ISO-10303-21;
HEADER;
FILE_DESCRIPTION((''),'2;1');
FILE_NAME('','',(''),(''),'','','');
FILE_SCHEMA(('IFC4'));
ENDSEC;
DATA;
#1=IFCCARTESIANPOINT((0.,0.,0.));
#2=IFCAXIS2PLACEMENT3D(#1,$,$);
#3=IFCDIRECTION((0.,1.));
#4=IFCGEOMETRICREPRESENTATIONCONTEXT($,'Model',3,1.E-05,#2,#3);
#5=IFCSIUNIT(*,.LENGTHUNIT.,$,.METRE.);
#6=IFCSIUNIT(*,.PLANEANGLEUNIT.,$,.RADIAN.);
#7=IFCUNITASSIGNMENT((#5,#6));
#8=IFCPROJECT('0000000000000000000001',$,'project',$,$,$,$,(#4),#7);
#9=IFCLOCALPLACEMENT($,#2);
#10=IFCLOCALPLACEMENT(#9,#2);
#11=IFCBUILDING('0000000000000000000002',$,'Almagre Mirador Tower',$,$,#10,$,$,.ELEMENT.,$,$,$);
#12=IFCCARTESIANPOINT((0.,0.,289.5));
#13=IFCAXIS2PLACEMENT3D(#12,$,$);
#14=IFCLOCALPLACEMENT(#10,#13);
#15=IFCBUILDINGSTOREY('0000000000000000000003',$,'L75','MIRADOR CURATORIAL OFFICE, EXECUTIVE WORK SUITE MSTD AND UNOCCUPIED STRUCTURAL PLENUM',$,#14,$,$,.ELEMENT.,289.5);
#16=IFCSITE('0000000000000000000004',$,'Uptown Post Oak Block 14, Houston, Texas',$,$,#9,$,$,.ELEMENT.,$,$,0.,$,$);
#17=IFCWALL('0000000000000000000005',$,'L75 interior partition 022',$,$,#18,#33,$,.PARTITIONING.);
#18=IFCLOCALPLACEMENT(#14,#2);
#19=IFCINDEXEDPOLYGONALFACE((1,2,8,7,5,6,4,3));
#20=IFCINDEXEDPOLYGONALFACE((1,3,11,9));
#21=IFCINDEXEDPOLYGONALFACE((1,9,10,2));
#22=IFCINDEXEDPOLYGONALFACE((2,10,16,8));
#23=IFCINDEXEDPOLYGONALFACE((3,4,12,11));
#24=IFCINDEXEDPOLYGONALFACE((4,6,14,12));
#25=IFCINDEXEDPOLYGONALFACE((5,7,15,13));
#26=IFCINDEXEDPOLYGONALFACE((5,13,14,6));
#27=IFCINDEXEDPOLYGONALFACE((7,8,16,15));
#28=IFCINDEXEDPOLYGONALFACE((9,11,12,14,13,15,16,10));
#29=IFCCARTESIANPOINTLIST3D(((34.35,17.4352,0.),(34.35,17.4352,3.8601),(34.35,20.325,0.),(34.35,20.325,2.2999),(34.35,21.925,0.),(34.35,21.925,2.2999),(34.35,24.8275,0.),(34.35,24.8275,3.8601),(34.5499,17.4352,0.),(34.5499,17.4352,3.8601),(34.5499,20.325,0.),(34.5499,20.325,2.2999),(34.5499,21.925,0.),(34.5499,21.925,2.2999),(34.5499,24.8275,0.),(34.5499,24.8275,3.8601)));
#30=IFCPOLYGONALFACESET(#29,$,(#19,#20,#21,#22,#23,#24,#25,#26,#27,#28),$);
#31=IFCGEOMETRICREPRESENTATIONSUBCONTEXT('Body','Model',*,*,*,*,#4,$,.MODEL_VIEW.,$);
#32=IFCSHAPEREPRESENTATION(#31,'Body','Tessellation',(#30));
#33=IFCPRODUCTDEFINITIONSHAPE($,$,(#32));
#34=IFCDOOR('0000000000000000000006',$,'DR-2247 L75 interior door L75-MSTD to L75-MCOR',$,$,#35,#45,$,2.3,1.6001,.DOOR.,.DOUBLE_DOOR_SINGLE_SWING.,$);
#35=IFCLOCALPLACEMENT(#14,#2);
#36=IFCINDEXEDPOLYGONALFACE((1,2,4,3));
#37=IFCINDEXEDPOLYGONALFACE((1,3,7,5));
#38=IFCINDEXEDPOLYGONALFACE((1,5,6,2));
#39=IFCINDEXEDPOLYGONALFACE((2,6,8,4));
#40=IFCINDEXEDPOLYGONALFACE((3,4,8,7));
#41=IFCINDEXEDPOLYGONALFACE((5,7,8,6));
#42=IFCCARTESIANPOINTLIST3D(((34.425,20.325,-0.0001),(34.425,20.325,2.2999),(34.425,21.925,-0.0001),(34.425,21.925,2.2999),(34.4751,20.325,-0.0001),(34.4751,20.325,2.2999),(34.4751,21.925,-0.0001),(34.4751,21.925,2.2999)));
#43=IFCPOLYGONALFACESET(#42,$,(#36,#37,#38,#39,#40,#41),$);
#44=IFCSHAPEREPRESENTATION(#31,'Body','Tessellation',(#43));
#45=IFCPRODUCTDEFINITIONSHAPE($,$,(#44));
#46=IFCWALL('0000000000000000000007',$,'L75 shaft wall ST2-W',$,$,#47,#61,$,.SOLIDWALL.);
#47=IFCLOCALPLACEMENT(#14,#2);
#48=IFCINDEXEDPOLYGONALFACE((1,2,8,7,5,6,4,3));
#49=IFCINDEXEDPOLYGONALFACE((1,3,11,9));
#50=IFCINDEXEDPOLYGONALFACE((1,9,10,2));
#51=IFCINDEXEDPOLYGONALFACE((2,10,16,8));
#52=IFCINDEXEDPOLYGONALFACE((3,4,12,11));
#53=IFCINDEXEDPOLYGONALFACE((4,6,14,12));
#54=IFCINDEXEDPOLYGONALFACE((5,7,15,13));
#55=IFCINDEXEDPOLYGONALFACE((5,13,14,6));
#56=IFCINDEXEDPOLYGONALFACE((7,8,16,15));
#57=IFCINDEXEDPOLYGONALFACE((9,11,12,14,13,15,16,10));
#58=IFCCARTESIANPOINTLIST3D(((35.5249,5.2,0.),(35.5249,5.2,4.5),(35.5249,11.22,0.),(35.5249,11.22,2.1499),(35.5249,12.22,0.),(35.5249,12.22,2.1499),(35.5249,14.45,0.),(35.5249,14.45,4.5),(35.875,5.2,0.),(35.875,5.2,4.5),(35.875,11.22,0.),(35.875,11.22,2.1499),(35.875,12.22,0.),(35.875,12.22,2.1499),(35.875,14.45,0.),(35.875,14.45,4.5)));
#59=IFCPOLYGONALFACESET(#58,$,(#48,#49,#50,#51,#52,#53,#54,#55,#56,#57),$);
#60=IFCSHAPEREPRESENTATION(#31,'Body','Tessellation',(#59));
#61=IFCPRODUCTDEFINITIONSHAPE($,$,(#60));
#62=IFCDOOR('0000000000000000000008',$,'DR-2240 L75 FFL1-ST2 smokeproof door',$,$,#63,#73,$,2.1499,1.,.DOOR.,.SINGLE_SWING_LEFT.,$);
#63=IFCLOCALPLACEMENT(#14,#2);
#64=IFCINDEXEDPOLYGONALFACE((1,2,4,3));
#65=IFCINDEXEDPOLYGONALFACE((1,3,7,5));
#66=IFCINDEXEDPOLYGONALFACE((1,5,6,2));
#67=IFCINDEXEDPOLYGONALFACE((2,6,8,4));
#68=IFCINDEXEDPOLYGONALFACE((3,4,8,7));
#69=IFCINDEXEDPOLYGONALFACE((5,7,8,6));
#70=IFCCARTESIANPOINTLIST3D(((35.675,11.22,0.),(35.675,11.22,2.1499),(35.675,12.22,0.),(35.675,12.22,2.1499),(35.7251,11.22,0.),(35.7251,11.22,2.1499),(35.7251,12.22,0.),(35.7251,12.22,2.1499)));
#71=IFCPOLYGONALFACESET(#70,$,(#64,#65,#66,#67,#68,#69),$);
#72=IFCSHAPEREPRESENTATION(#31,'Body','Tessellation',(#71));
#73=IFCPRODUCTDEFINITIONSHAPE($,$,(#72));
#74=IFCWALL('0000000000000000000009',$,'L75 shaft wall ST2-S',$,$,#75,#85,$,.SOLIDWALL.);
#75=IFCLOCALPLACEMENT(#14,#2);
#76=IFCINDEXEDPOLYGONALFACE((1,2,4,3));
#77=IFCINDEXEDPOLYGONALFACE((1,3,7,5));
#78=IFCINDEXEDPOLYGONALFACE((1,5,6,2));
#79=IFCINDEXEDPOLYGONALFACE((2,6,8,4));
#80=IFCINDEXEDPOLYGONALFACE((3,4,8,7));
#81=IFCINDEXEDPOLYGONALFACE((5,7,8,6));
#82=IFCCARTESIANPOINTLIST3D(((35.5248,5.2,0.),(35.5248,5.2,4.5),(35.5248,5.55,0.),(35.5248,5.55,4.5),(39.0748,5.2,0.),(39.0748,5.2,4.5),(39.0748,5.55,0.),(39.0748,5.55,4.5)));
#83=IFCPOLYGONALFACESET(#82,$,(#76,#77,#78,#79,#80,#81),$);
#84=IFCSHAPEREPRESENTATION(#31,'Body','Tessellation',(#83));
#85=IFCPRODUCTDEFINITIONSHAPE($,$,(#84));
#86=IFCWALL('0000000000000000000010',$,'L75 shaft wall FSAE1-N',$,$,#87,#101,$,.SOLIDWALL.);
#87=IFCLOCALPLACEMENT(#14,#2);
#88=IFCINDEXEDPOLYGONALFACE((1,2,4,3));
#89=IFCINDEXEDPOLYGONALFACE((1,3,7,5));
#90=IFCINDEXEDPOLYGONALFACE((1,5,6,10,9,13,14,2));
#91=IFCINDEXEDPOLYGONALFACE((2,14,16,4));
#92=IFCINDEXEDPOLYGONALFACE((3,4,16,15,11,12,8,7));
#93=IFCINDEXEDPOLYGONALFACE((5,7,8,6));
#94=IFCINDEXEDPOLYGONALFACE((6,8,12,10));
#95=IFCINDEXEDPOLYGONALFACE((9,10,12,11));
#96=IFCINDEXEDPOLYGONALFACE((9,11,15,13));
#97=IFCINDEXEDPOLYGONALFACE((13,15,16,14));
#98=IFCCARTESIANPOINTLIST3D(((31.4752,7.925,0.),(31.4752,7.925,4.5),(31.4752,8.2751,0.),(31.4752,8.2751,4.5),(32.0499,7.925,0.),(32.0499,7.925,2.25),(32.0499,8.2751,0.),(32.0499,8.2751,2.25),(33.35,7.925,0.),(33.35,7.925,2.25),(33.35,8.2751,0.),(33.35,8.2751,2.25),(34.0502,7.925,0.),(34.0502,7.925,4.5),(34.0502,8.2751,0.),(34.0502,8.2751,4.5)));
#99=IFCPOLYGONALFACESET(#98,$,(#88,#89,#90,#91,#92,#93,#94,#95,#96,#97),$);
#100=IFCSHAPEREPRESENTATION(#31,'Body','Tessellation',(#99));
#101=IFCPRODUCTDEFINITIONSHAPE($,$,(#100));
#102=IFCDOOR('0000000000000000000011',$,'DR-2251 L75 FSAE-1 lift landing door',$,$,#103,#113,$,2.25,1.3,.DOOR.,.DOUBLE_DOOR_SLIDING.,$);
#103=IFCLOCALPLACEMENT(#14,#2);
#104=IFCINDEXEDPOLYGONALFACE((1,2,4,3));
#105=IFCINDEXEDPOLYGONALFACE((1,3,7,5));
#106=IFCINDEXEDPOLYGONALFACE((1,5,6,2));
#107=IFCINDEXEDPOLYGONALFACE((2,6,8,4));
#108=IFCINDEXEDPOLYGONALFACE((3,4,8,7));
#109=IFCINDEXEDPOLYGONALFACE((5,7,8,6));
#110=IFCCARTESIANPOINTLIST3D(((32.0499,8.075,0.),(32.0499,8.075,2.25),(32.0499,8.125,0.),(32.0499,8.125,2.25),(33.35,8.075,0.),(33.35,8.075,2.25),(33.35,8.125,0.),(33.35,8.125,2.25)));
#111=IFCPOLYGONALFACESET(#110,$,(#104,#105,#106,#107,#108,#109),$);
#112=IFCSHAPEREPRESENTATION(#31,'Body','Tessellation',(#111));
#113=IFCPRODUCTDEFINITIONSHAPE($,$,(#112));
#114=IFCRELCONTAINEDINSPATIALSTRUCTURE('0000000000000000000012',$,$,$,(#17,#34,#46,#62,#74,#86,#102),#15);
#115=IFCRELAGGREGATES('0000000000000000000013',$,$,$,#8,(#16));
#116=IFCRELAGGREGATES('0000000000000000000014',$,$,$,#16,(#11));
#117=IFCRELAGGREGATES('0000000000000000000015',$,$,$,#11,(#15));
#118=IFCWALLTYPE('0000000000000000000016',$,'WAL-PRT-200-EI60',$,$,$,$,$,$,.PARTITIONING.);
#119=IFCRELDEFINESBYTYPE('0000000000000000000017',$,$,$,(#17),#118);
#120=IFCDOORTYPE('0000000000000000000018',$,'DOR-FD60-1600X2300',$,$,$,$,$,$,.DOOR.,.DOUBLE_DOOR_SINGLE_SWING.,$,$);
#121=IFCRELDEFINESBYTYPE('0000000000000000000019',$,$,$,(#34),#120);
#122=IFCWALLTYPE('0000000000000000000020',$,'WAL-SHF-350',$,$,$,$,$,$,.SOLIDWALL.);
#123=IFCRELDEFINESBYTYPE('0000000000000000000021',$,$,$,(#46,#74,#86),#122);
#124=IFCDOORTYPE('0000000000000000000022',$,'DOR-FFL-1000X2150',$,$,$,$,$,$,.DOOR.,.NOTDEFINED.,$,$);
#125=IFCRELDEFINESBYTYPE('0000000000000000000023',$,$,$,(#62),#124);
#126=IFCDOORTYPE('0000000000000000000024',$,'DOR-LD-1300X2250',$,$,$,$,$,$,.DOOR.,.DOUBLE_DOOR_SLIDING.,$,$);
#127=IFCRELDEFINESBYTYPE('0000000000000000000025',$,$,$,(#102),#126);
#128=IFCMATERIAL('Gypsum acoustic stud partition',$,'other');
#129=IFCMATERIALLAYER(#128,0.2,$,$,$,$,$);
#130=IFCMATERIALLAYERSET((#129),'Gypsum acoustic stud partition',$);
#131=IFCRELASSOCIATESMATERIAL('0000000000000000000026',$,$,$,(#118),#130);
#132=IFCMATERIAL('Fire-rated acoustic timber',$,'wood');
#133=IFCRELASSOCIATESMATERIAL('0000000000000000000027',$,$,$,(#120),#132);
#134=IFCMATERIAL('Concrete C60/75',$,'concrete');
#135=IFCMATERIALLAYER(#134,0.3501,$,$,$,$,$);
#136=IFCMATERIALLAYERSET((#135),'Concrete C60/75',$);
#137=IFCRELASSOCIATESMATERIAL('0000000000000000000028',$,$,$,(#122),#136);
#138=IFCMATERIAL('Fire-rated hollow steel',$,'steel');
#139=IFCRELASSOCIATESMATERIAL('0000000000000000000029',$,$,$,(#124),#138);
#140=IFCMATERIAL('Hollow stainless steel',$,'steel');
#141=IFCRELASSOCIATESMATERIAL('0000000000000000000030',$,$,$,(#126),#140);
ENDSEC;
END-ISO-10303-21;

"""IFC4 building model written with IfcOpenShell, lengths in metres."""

from ifc_helpers import new_model, si_unit, direction, frame, frame_2d, origin, place, context, subcontext, project, spatial, rectangle, extrude, material, layer, layer_set, type_object, element, fill, save


model = new_model("IFC4")

# Units and contexts
model_context = context("Model", 3, precision=1e-05, world=origin(), true_north=direction((0.0, 1.0)))
body_context = subcontext(model_context, "Body", "Model", "MODEL_VIEW")
ifc_project = project(units=[si_unit("LENGTHUNIT", "METRE"), si_unit("PLANEANGLEUNIT", "RADIAN")], contexts=[model_context])

# Site, building, storey
site_placement = place(None, origin())
site = spatial("IfcSite", under=ifc_project, at=site_placement, Name="Uptown Post Oak Block 14, Houston, Texas", CompositionType="ELEMENT", RefElevation=0.0)
building_placement = place(site_placement, origin())
building = spatial("IfcBuilding", under=site, at=building_placement, Name="Almagre Mirador Tower", CompositionType="ELEMENT")
storey_placement = place(building_placement, frame((0.0, 0.0, 289.5)))
storey = spatial("IfcBuildingStorey", under=building, at=storey_placement, Name="L75", Description="MIRADOR CURATORIAL OFFICE, EXECUTIVE WORK SUITE MSTD AND UNOCCUPIED STRUCTURAL PLENUM", CompositionType="ELEMENT", Elevation=289.5)

# Shared definitions
ifc_material_1 = material(Name="Gypsum acoustic stud partition", Category="other")
ifc_layer_1 = layer(ifc_material_1, 0.2)
ifc_layer_set_1 = layer_set([ifc_layer_1], Name="Gypsum acoustic stud partition")
wall_type_1 = type_object("IfcWallType", Name="WAL-PRT-200-EI60", PredefinedType="PARTITIONING", material=ifc_layer_set_1)

# Walls, openings, doors
wall_1_placement = place(storey_placement, frame((34.45, 17.4351, 0.0), z_axis=(0.0, 0.0, 1.0), x_axis=(0.0, 1.0, 0.0)))
wall_1 = element("IfcWall", 1, at=wall_1_placement, inside=storey, type_object=wall_type_1, Name="L75 interior partition 022", PredefinedType="PARTITIONING", context=body_context, shape_type="SweptSolid", body=[
    extrude(rectangle(XDim=7.3923, YDim=0.2, at=frame_2d((3.6963, 0.0))), origin(), (0.0, 0.0, 1.0), 3.8601),
])
opening_1_placement = place(wall_1_placement, frame((2.8899, 0.0, 0.0)))
opening_1 = element("IfcOpeningElement", 2, at=opening_1_placement, cuts=wall_1, PredefinedType="OPENING", context=body_context, shape_type="SweptSolid", body=[
    extrude(rectangle(XDim=1.6001, YDim=2.3, at=frame_2d((0.8, 1.1499))), frame((0.0, 0.1101, 0.0), z_axis=(0.0, -1.0, 0.0), x_axis=(1.0, 0.0, 0.0)), (0.0, 0.0, 1.0), 0.22),
])
ifc_material_2 = material(Name="Fire-rated acoustic timber", Category="wood")
door_type_1 = type_object("IfcDoorType", Name="DOR-FD60-1600X2300", OperationType="DOUBLE_DOOR_SINGLE_SWING", PredefinedType="DOOR", material=ifc_material_2)
door_1_placement = place(opening_1_placement, origin())
door_1 = element("IfcDoor", 3, at=door_1_placement, inside=storey, type_object=door_type_1, Name="DR-2247 L75 interior door L75-MSTD to L75-MCOR", OperationType="DOUBLE_DOOR_SINGLE_SWING", OverallHeight=2.3, OverallWidth=1.6001, PredefinedType="DOOR", context=body_context, shape_type="SweptSolid", body=[
    extrude(rectangle(XDim=1.6001, YDim=2.3, at=frame_2d((0.8, 1.1499))), frame((0.0, 0.0249, 0.0), z_axis=(0.0, -1.0, 0.0), x_axis=(1.0, 0.0, 0.0)), (0.0, 0.0, 1.0), 0.05),
])
fill(opening_1, door_1)
ifc_material_3 = material(Name="Concrete C60/75", Category="concrete")
ifc_layer_2 = layer(ifc_material_3, 0.3501)
ifc_layer_set_2 = layer_set([ifc_layer_2], Name="Concrete C60/75")
wall_type_2 = type_object("IfcWallType", Name="WAL-SHF-350", PredefinedType="SOLIDWALL", material=ifc_layer_set_2)
wall_2_placement = place(storey_placement, frame((35.7, 5.2, 0.0), z_axis=(0.0, 0.0, 1.0), x_axis=(0.0, 1.0, 0.0)))
wall_2 = element("IfcWall", 4, at=wall_2_placement, inside=storey, type_object=wall_type_2, Name="L75 shaft wall ST2-W", PredefinedType="SOLIDWALL", context=body_context, shape_type="SweptSolid", body=[
    extrude(rectangle(XDim=9.25, YDim=0.3501, at=frame_2d((4.625, 0.0))), origin(), (0.0, 0.0, 1.0), 4.5),
])
opening_2_placement = place(wall_2_placement, frame((6.02, 0.0, 0.0)))
opening_2 = element("IfcOpeningElement", 5, at=opening_2_placement, cuts=wall_2, PredefinedType="OPENING", context=body_context, shape_type="SweptSolid", body=[
    extrude(rectangle(XDim=1.0, YDim=2.1499, at=frame_2d((0.5, 1.075))), frame((0.0, 0.185, 0.0), z_axis=(0.0, -1.0, 0.0), x_axis=(1.0, 0.0, 0.0)), (0.0, 0.0, 1.0), 0.3701),
])
ifc_material_4 = material(Name="Fire-rated hollow steel", Category="steel")
door_type_2 = type_object("IfcDoorType", Name="DOR-FFL-1000X2150", OperationType="NOTDEFINED", PredefinedType="DOOR", material=ifc_material_4)
door_2_placement = place(opening_2_placement, origin())
door_2 = element("IfcDoor", 6, at=door_2_placement, inside=storey, type_object=door_type_2, Name="DR-2240 L75 FFL1-ST2 smokeproof door", OperationType="SINGLE_SWING_LEFT", OverallHeight=2.1499, OverallWidth=1.0, PredefinedType="DOOR", context=body_context, shape_type="SweptSolid", body=[
    extrude(rectangle(XDim=1.0, YDim=2.1499, at=frame_2d((0.5, 1.075))), frame((0.0, 0.0249, 0.0), z_axis=(0.0, -1.0, 0.0), x_axis=(1.0, 0.0, 0.0)), (0.0, 0.0, 1.0), 0.05),
])
fill(opening_2, door_2)

# Wall
wall_3_placement = place(storey_placement, frame((35.5249, 5.375, 0.0), z_axis=(0.0, 0.0, 1.0), x_axis=(1.0, 0.0, 0.0)))
element("IfcWall", 7, at=wall_3_placement, inside=storey, type_object=wall_type_2, Name="L75 shaft wall ST2-S", PredefinedType="SOLIDWALL", context=body_context, shape_type="SweptSolid", body=[
    extrude(rectangle(XDim=3.55, YDim=0.3501, at=frame_2d((1.7749, 0.0))), origin(), (0.0, 0.0, 1.0), 4.5),
])

# Wall, opening, door
wall_4_placement = place(storey_placement, frame((31.4751, 8.1001, 0.0), z_axis=(0.0, 0.0, 1.0), x_axis=(1.0, 0.0, 0.0)))
wall_4 = element("IfcWall", 8, at=wall_4_placement, inside=storey, type_object=wall_type_2, Name="L75 shaft wall FSAE1-N", PredefinedType="SOLIDWALL", context=body_context, shape_type="SweptSolid", body=[
    extrude(rectangle(XDim=2.575, YDim=0.3501, at=frame_2d((1.2876, 0.0))), origin(), (0.0, 0.0, 1.0), 4.5),
])
opening_3_placement = place(wall_4_placement, frame((0.575, 0.0, 0.0)))
opening_3 = element("IfcOpeningElement", 9, at=opening_3_placement, cuts=wall_4, PredefinedType="OPENING", context=body_context, shape_type="SweptSolid", body=[
    extrude(rectangle(XDim=1.3, YDim=2.25, at=frame_2d((0.6499, 1.125))), frame((0.0, 0.185, 0.0), z_axis=(0.0, -1.0, 0.0), x_axis=(1.0, 0.0, 0.0)), (0.0, 0.0, 1.0), 0.3701),
])
ifc_material_5 = material(Name="Hollow stainless steel", Category="steel")
door_type_3 = type_object("IfcDoorType", Name="DOR-LD-1300X2250", OperationType="DOUBLE_DOOR_SLIDING", PredefinedType="DOOR", material=ifc_material_5)
door_3_placement = place(opening_3_placement, origin())
door_3 = element("IfcDoor", 10, at=door_3_placement, inside=storey, type_object=door_type_3, Name="DR-2251 L75 FSAE-1 lift landing door", OperationType="DOUBLE_DOOR_SLIDING", OverallHeight=2.25, OverallWidth=1.3, PredefinedType="DOOR", context=body_context, shape_type="SweptSolid", body=[
    extrude(rectangle(XDim=1.3, YDim=2.25, at=frame_2d((0.6499, 1.125))), frame((0.0, 0.0249, 0.0), z_axis=(0.0, -1.0, 0.0), x_axis=(1.0, 0.0, 0.0)), (0.0, 0.0, 1.0), 0.05),
])
fill(opening_3, door_3)

save(model, "model.ifc")
